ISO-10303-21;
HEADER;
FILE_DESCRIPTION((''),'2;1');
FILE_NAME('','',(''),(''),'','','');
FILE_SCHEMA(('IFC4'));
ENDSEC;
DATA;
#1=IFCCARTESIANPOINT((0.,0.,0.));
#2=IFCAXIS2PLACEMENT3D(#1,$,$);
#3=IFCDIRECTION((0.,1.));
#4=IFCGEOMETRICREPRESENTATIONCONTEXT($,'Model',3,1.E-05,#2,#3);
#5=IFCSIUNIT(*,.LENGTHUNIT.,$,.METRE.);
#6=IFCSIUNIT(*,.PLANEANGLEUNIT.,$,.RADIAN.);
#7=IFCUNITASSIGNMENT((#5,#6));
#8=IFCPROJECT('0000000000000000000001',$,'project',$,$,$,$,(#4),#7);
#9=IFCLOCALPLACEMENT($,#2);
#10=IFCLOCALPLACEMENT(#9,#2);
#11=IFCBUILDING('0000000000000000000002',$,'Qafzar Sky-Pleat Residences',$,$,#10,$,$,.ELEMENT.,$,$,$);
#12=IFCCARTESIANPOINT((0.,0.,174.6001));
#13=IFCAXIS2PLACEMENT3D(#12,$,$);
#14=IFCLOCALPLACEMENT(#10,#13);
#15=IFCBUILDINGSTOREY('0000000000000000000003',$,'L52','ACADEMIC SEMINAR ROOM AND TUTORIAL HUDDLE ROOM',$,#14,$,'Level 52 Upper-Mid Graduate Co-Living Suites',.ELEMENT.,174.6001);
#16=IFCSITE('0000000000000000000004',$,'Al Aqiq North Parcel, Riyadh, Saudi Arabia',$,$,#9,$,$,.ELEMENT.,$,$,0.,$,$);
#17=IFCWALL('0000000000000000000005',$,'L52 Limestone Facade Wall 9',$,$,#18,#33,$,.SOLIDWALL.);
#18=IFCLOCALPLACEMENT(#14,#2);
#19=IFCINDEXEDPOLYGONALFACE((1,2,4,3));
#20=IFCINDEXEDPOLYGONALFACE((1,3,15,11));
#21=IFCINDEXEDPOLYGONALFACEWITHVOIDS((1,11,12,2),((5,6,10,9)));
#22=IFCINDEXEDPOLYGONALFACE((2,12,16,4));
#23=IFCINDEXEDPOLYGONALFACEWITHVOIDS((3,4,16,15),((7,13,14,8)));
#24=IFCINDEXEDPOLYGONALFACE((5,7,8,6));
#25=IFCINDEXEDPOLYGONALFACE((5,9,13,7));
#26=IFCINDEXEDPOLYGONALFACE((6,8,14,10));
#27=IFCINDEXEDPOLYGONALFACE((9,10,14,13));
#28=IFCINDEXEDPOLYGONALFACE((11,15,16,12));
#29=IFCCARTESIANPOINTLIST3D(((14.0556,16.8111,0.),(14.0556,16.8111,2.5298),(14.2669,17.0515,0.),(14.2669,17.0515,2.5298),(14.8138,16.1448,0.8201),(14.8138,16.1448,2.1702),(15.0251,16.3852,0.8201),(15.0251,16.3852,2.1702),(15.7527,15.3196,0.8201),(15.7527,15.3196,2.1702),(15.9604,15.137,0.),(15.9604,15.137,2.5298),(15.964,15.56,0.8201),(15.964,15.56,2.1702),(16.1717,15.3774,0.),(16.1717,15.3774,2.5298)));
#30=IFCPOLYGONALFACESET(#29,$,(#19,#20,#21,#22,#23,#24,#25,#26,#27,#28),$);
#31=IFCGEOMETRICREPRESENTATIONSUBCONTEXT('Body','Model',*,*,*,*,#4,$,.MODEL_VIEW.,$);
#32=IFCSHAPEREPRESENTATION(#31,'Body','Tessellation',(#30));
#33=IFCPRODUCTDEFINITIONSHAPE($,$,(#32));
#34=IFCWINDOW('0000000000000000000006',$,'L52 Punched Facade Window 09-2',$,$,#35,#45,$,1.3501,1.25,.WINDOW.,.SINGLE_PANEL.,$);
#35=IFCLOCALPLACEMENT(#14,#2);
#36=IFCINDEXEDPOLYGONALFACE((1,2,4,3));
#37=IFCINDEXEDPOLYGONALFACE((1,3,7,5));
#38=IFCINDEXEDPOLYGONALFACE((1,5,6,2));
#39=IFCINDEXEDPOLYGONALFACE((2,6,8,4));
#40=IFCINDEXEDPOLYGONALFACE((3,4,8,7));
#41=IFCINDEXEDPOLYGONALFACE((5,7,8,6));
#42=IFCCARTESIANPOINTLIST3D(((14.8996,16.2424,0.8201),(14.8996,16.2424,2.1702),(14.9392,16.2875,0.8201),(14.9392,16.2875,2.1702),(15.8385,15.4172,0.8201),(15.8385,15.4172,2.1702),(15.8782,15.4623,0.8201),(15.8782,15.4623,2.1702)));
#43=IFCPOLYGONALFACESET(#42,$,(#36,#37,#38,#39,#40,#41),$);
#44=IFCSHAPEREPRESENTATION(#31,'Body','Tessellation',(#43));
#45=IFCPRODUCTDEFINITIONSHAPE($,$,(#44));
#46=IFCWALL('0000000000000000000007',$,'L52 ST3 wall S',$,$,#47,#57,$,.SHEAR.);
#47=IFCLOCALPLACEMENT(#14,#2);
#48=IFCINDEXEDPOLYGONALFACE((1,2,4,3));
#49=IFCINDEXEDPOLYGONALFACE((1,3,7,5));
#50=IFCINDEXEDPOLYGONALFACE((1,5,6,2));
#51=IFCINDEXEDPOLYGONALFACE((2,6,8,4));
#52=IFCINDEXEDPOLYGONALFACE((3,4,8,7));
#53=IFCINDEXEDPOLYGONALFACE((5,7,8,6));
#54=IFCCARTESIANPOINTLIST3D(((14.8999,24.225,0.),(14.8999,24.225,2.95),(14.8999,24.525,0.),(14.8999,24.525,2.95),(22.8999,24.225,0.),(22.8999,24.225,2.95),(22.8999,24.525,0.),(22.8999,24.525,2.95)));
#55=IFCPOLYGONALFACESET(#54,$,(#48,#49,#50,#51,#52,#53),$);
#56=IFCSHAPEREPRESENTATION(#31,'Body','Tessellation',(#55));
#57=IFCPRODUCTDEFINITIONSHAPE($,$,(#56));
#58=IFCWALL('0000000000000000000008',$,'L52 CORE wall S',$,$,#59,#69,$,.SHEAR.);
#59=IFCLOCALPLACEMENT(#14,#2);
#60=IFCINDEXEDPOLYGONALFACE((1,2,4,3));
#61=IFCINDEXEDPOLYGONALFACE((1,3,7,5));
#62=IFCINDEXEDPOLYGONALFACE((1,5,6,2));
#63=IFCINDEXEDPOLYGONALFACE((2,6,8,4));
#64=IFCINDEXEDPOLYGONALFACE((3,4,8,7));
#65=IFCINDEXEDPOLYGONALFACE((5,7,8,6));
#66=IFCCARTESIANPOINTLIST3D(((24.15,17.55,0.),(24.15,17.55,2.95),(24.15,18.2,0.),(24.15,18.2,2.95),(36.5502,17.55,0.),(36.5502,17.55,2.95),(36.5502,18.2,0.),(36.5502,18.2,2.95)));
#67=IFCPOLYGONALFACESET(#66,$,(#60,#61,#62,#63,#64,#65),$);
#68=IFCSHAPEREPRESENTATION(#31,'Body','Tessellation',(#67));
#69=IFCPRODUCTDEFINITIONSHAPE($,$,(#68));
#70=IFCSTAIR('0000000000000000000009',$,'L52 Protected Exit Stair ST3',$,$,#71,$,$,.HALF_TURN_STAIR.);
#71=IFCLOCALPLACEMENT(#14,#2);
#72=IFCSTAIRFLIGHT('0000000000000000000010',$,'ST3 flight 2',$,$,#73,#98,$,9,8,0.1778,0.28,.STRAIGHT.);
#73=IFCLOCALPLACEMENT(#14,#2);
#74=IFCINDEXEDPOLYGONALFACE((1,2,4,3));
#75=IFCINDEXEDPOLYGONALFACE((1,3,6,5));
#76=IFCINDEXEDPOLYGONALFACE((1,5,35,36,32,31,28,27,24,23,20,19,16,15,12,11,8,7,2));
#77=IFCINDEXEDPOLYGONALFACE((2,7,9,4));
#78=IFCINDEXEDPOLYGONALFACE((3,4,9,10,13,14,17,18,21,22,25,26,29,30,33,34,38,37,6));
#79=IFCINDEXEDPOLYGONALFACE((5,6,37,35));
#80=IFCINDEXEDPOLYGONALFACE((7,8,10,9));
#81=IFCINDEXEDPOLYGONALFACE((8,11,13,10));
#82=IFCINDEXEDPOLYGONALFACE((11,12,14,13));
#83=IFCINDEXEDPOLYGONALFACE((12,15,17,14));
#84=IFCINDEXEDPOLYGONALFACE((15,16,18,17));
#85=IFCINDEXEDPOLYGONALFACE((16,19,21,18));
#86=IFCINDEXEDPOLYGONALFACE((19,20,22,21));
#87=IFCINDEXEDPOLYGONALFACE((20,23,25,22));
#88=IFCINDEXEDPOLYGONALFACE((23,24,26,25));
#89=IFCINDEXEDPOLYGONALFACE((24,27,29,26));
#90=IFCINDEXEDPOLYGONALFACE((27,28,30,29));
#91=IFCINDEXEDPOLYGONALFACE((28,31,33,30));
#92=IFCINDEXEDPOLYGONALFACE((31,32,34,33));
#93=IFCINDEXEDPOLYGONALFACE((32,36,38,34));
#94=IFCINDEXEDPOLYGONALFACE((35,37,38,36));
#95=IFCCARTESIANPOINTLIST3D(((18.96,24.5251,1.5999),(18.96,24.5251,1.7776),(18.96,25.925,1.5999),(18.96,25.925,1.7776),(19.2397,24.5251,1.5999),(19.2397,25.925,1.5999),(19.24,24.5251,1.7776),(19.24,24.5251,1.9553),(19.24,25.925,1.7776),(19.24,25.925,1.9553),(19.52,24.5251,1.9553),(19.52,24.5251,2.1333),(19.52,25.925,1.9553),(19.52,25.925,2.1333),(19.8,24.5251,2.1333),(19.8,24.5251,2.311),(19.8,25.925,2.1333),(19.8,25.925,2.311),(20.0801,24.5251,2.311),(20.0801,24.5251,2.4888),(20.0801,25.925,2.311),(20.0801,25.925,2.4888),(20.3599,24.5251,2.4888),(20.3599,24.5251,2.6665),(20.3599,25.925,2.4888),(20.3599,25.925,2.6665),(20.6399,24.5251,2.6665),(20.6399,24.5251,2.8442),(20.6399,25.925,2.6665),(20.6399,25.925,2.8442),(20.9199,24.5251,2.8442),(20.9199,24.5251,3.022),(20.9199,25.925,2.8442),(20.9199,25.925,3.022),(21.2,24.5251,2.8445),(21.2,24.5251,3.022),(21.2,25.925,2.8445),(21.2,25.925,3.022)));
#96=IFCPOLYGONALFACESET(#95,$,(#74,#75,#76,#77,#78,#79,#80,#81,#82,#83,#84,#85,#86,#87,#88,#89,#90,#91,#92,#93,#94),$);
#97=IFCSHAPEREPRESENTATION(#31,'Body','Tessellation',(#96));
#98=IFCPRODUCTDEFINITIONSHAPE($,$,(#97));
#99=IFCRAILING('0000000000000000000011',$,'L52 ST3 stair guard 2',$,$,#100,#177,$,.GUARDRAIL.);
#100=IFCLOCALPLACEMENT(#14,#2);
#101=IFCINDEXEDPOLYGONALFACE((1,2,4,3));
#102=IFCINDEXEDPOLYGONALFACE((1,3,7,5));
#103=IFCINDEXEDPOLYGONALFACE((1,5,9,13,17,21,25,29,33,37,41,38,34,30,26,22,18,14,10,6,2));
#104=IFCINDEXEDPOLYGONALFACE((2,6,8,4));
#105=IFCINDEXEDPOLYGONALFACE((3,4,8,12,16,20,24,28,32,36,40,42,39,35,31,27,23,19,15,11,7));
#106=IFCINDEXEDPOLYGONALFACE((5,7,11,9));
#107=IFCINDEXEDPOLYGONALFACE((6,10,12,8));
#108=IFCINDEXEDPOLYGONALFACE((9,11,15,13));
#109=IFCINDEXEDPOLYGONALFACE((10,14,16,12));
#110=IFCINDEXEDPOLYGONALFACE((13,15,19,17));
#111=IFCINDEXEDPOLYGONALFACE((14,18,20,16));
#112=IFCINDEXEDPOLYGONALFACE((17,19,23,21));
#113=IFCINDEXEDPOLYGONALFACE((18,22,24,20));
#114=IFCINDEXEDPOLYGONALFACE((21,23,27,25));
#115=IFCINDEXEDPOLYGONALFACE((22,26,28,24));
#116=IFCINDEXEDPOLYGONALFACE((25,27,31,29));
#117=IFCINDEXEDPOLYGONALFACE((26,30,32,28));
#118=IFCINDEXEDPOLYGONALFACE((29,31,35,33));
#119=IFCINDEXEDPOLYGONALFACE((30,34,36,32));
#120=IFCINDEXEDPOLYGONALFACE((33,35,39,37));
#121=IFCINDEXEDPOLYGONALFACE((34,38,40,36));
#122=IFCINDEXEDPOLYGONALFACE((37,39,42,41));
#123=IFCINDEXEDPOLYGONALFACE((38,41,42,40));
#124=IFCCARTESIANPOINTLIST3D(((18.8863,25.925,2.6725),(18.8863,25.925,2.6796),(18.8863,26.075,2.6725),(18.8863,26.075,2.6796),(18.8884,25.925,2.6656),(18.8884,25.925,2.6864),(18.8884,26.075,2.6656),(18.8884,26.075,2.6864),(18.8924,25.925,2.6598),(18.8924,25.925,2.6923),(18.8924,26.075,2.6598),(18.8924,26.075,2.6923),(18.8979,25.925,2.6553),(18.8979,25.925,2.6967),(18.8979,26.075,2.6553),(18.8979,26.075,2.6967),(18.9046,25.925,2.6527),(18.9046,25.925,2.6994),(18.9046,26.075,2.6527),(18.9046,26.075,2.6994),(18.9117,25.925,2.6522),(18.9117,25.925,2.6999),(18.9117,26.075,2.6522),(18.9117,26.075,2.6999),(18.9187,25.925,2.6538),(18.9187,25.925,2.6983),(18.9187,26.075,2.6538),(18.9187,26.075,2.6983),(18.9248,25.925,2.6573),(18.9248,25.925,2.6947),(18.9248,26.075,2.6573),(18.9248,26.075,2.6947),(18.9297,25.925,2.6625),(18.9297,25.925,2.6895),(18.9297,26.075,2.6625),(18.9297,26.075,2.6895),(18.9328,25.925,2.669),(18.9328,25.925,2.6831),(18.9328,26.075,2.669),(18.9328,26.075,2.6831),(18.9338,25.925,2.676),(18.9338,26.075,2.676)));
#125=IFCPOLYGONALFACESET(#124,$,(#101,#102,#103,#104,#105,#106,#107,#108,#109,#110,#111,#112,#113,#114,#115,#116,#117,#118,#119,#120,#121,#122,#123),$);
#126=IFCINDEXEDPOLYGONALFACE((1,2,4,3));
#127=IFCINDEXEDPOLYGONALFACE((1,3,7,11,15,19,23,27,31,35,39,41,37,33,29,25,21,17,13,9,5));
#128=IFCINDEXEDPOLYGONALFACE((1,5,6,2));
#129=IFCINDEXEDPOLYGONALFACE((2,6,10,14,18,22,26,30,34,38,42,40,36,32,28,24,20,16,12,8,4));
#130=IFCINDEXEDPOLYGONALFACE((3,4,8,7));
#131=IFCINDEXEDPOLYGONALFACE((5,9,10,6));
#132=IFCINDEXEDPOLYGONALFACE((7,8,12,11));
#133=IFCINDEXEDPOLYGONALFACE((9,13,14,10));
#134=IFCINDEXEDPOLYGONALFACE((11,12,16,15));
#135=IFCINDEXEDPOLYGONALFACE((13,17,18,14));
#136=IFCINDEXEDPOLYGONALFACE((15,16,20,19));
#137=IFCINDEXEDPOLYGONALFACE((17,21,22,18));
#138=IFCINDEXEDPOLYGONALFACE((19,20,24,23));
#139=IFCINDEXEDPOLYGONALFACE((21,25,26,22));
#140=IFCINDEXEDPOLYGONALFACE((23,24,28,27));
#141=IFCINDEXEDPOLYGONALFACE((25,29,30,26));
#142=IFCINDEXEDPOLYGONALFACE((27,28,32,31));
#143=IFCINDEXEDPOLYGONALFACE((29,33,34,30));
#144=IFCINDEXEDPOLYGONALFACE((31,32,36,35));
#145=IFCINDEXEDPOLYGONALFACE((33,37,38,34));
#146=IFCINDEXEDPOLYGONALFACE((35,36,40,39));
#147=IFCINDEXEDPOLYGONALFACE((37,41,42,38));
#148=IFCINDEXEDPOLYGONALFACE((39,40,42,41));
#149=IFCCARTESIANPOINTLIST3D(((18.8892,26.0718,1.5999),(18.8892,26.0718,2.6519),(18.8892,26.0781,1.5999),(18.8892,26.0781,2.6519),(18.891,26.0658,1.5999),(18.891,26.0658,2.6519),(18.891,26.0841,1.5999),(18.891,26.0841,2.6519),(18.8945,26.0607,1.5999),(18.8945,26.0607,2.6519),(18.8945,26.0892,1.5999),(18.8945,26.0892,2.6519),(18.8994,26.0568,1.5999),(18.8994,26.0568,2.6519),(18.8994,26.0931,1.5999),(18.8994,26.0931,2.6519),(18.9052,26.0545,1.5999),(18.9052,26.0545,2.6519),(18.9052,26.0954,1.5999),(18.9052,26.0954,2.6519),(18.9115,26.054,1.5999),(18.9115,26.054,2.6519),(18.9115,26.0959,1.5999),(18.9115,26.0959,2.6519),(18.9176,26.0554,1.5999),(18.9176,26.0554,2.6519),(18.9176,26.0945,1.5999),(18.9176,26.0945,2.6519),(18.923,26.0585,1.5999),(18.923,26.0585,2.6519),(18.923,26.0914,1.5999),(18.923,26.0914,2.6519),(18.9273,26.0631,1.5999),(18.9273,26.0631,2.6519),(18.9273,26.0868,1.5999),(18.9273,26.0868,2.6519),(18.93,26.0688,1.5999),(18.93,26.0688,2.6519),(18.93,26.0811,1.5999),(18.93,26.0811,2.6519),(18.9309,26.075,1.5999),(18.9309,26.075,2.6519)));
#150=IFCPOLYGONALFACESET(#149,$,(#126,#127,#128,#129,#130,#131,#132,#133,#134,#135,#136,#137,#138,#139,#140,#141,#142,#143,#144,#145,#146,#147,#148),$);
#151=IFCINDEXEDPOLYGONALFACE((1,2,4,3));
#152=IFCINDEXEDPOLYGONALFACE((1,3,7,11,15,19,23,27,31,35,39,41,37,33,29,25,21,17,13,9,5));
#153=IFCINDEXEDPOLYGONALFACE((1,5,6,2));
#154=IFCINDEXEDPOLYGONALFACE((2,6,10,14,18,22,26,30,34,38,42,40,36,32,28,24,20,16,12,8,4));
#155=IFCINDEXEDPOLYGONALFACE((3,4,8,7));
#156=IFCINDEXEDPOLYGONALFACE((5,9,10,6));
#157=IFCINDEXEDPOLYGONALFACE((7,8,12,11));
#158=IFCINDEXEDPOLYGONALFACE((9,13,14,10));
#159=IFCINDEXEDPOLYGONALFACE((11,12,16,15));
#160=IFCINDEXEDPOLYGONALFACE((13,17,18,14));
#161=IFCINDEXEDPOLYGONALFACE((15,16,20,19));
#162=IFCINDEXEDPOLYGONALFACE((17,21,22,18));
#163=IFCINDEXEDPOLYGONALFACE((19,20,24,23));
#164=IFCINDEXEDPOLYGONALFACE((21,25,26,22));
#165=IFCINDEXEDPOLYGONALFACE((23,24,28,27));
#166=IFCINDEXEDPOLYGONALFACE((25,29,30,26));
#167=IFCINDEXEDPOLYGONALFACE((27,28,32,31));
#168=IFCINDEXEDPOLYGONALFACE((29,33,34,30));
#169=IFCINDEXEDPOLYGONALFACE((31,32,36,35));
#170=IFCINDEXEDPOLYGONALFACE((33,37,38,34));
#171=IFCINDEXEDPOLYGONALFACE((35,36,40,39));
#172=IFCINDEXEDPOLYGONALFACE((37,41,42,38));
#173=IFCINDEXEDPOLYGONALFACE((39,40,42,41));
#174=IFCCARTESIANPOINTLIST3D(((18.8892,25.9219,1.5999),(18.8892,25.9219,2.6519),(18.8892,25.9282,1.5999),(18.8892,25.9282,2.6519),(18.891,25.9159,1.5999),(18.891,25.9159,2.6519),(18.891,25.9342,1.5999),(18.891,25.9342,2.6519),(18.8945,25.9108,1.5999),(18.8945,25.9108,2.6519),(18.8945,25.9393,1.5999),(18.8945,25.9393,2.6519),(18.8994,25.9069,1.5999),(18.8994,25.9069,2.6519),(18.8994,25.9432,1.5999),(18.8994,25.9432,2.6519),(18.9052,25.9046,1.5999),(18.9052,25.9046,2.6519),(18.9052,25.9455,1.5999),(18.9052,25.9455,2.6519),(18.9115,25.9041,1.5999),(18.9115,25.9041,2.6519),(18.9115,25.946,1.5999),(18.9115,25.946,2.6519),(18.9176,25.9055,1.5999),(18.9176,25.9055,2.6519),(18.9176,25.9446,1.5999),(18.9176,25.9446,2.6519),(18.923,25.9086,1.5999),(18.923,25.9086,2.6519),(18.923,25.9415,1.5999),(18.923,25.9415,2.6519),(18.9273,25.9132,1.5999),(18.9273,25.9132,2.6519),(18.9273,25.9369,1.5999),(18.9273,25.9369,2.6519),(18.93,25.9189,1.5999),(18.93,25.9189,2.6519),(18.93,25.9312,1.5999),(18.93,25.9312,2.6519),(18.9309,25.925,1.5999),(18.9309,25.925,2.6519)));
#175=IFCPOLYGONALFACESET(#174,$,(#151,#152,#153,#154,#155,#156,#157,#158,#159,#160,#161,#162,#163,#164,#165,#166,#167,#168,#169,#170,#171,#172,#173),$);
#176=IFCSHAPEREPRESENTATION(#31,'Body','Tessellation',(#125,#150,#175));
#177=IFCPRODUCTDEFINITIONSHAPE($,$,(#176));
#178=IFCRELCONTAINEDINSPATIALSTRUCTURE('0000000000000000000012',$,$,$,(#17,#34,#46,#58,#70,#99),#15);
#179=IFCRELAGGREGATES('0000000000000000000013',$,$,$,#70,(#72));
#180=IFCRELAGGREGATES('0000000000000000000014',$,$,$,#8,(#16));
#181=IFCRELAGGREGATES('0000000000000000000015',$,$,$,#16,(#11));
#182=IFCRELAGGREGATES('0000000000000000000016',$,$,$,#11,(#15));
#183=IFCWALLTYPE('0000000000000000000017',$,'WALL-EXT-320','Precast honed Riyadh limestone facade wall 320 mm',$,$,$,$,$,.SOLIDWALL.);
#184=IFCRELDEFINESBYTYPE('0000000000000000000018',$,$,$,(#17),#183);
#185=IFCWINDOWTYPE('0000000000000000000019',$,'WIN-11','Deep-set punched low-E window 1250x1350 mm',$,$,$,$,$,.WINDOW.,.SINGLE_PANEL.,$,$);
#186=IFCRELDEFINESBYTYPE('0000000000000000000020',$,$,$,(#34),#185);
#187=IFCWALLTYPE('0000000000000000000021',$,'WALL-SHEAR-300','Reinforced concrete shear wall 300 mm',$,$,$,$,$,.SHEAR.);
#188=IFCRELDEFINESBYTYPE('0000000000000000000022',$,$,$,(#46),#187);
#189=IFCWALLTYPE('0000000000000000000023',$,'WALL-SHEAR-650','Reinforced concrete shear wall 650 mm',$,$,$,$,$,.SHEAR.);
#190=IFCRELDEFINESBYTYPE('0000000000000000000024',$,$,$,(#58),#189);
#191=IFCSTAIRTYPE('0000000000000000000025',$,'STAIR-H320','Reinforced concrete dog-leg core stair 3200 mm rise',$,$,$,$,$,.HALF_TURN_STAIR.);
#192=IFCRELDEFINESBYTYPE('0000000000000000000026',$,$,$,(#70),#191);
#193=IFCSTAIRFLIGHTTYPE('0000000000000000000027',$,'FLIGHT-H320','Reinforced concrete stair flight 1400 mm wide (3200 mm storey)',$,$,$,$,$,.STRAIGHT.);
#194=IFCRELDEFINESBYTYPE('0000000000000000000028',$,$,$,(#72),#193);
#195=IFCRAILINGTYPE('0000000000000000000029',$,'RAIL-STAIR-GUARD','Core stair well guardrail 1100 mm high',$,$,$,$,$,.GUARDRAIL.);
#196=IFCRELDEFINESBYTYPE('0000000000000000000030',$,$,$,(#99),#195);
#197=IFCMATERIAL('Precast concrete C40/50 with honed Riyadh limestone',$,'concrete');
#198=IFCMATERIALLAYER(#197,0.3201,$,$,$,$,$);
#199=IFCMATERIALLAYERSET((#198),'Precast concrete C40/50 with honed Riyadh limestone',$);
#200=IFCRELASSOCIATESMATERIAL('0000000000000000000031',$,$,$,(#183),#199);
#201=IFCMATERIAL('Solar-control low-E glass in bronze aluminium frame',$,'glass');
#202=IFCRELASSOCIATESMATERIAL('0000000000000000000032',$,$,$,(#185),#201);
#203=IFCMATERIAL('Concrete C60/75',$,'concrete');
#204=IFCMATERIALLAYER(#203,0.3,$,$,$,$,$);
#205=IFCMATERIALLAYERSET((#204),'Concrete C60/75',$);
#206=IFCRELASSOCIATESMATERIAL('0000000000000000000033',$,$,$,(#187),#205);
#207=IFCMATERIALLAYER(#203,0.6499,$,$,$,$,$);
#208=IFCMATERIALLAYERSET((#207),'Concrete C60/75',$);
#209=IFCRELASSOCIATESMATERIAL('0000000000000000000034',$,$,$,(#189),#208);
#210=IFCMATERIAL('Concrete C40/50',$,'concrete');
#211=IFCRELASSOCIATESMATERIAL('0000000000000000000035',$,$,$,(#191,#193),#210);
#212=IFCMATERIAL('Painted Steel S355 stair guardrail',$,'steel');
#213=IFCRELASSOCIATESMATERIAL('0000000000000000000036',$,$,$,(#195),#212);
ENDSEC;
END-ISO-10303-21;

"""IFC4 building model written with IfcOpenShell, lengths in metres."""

from ifc_helpers import new_model, si_unit, direction, frame, frame_2d, origin, origin_2d, place, context, subcontext, project, spatial, polyline, rectangle, circle, outline, extrude, source, transform, mapped, material, layer, layer_set, type_object, element, fill, aggregate, save


model = new_model("IFC4")

# Units and contexts
model_context = context("Model", 3, precision=1e-05, world=origin(), true_north=direction((0.0, 1.0)))
body_context = subcontext(model_context, "Body", "Model", "MODEL_VIEW")
ifc_project = project(units=[si_unit("LENGTHUNIT", "METRE"), si_unit("PLANEANGLEUNIT", "RADIAN")], contexts=[model_context])

# Site, building, storey
site_placement = place(None, origin())
site = spatial("IfcSite", under=ifc_project, at=site_placement, Name="Al Aqiq North Parcel, Riyadh, Saudi Arabia", CompositionType="ELEMENT", RefElevation=0.0)
building_placement = place(site_placement, origin())
building = spatial("IfcBuilding", under=site, at=building_placement, Name="Qafzar Sky-Pleat Residences", CompositionType="ELEMENT")
storey_placement = place(building_placement, frame((0.0, 0.0, 174.6001)))
storey = spatial("IfcBuildingStorey", under=building, at=storey_placement, Name="L52", Description="ACADEMIC SEMINAR ROOM AND TUTORIAL HUDDLE ROOM", LongName="Level 52 Upper-Mid Graduate Co-Living Suites", CompositionType="ELEMENT", Elevation=174.6001)

# Wall, opening, window
ifc_material_1 = material(Name="Precast concrete C40/50 with honed Riyadh limestone", Category="concrete")
ifc_layer_1 = layer(ifc_material_1, 0.3201)
ifc_layer_set_1 = layer_set([ifc_layer_1], Name="Precast concrete C40/50 with honed Riyadh limestone")
wall_type_1 = type_object("IfcWallType", Name="WALL-EXT-320", Description="Precast honed Riyadh limestone facade wall 320 mm", PredefinedType="SOLIDWALL", material=ifc_layer_set_1)
wall_1_placement = place(storey_placement, frame((14.1611, 16.9314, 0.0), z_axis=(0.0, 0.0, 1.0), x_axis=(0.751132, -0.660152, 0.0)))
wall_1 = element("IfcWall", 1, at=wall_1_placement, inside=storey, type_object=wall_type_1, Name="L52 Limestone Facade Wall 9", PredefinedType="SOLIDWALL", context=body_context, shape_type="SweptSolid", body=[
    extrude(rectangle(XDim=2.5359, YDim=0.3201, at=frame_2d((1.2681, 0.0))), origin(), (0.0, 0.0, 1.0), 2.5298),
])
opening_1_placement = place(wall_1_placement, frame((1.0095, 0.0, 0.8201)))
opening_1 = element("IfcOpeningElement", 2, at=opening_1_placement, cuts=wall_1, PredefinedType="OPENING", context=body_context, shape_type="SweptSolid", body=[
    extrude(rectangle(XDim=1.25, YDim=1.3501, at=frame_2d((0.625, 0.675))), frame((0.0, 0.1699, 0.0), z_axis=(0.0, -1.0, 0.0), x_axis=(1.0, 0.0, 0.0)), (0.0, 0.0, 1.0), 0.3401),
])
ifc_material_2 = material(Name="Solar-control low-E glass in bronze aluminium frame", Category="glass")
window_type = type_object("IfcWindowType", Name="WIN-11", Description="Deep-set punched low-E window 1250x1350 mm", PartitioningType="SINGLE_PANEL", PredefinedType="WINDOW", material=ifc_material_2)
shared_shape_1 = source(origin(), body_context, "Body", "SweptSolid", [
    extrude(rectangle(XDim=1.25, YDim=1.3501, at=frame_2d((0.625, 0.675))), frame((0.0, 0.03, 0.0), z_axis=(0.0, -1.0, 0.0), x_axis=(1.0, 0.0, 0.0)), (0.0, 0.0, 1.0), 0.0601),
])
window_placement = place(opening_1_placement, origin())
window = element("IfcWindow", 3, at=window_placement, inside=storey, type_object=window_type, Name="L52 Punched Facade Window 09-2", OverallHeight=1.3501, OverallWidth=1.25, PartitioningType="SINGLE_PANEL", PredefinedType="WINDOW", context=body_context, shape_type="MappedRepresentation", body=[
    mapped(shared_shape_1, transform((0.0, 0.0, 0.0), x_axis=(1.0, 0.0, 0.0), y_axis=(0.0, 1.0, 0.0), z_axis=(0.0, 0.0, 1.0), scale=1.0)),
])
fill(opening_1, window)

# Wall
ifc_material_3 = material(Name="Concrete C60/75", Category="concrete")
ifc_layer_2 = layer(ifc_material_3, 0.3)
ifc_layer_set_2 = layer_set([ifc_layer_2], Name="Concrete C60/75")
wall_type_2 = type_object("IfcWallType", Name="WALL-SHEAR-300", Description="Reinforced concrete shear wall 300 mm", PredefinedType="SHEAR", material=ifc_layer_set_2)
wall_2_placement = place(storey_placement, frame((14.8999, 24.375, 0.0), z_axis=(0.0, 0.0, 1.0), x_axis=(1.0, 0.0, 0.0)))
element("IfcWall", 4, at=wall_2_placement, inside=storey, type_object=wall_type_2, Name="L52 ST3 wall S", PredefinedType="SHEAR", context=body_context, shape_type="SweptSolid", body=[
    extrude(rectangle(XDim=8.0, YDim=0.3, at=frame_2d((4.0, 0.0))), origin(), (0.0, 0.0, 1.0), 2.95),
])

# Wall
ifc_layer_3 = layer(ifc_material_3, 0.6499)
ifc_layer_set_3 = layer_set([ifc_layer_3], Name="Concrete C60/75")
wall_type_3 = type_object("IfcWallType", Name="WALL-SHEAR-650", Description="Reinforced concrete shear wall 650 mm", PredefinedType="SHEAR", material=ifc_layer_set_3)
wall_3_placement = place(storey_placement, frame((24.1499, 17.875, 0.0), z_axis=(0.0, 0.0, 1.0), x_axis=(1.0, 0.0, 0.0)))
element("IfcWall", 5, at=wall_3_placement, inside=storey, type_object=wall_type_3, Name="L52 CORE wall S", PredefinedType="SHEAR", context=body_context, shape_type="SweptSolid", body=[
    extrude(rectangle(XDim=12.4001, YDim=0.6499, at=frame_2d((6.2002, 0.0))), origin(), (0.0, 0.0, 1.0), 2.95),
])

# Stair, stair flight
ifc_material_4 = material(Name="Concrete C40/50", Category="concrete")
stair_type = type_object("IfcStairType", Name="STAIR-H320", Description="Reinforced concrete dog-leg core stair 3200 mm rise", PredefinedType="HALF_TURN_STAIR", material=ifc_material_4)
stair_placement = place(storey_placement, origin())
stair = element("IfcStair", 6, at=stair_placement, inside=storey, type_object=stair_type, Name="L52 Protected Exit Stair ST3", PredefinedType="HALF_TURN_STAIR")
stair_flight_type = type_object("IfcStairFlightType", Name="FLIGHT-H320", Description="Reinforced concrete stair flight 1400 mm wide (3200 mm storey)", PredefinedType="STRAIGHT", material=ifc_material_4)
shared_shape_2 = source(origin(), body_context, "Body", "SweptSolid", [
    extrude(outline(polyline([(0.0, 0.0), (0.0, 0.1777), (0.28, 0.1777), (0.28, 0.3555), (0.5601, 0.3555), (0.5601, 0.5334), (0.8401, 0.5334), (0.8401, 0.7112), (1.1201, 0.7112), (1.1201, 0.8889), (1.3999, 0.8889), (1.3999, 1.0667), (1.6799, 1.0667), (1.6799, 1.2444), (1.96, 1.2444), (1.96, 1.4221), (2.24, 1.4221), (2.24, 1.6001), (2.24, 1.2446), (0.2798, 0.0), (0.0, 0.0)])), frame((0.0, 0.7, 0.0), z_axis=(0.0, -1.0, 0.0), x_axis=(1.0, 0.0, 0.0)), (0.0, 0.0, 1.0), 1.3999),
])
stair_flight_placement = place(storey_placement, frame((18.96, 25.2251, 1.5999), z_axis=(0.0, 0.0, 1.0), x_axis=(1.0, 0.0, 0.0)))
stair_flight = element("IfcStairFlight", 7, at=stair_flight_placement, type_object=stair_flight_type, Name="ST3 flight 2", NumberOfRisers=9, NumberOfTreads=8, PredefinedType="STRAIGHT", RiserHeight=0.1778, TreadLength=0.28, context=body_context, shape_type="MappedRepresentation", body=[
    mapped(shared_shape_2, transform((0.0, 0.0, 0.0), x_axis=(1.0, 0.0, 0.0), y_axis=(0.0, 1.0, 0.0), z_axis=(0.0, 0.0, 1.0), scale=1.0)),
])
aggregate(stair, [stair_flight])

# Railing
ifc_material_5 = material(Name="Painted Steel S355 stair guardrail", Category="steel")
railing_type_1 = type_object("IfcRailingType", Name="RAIL-STAIR-GUARD", Description="Core stair well guardrail 1100 mm high", PredefinedType="GUARDRAIL", material=ifc_material_5)
shared_shape_3 = source(origin(), body_context, "Body", "SweptSolid", [
    extrude(circle(Radius=0.0239, at=origin_2d()), frame((0.0, 0.0, 1.0762), z_axis=(0.0, -1.0, 0.0), x_axis=(1.0, 0.0, 0.0)), (0.0, 0.0, 1.0), 0.1499),
    extrude(circle(Radius=0.021, at=origin_2d()), origin(), (0.0, 0.0, 1.0), 1.052),
    extrude(circle(Radius=0.021, at=origin_2d()), frame((0.0, -0.1499, 0.0)), (0.0, 0.0, 1.0), 1.052),
])
for number, where, name in (
    (8, (18.9099, 26.075, 1.5999), "L52 ST3 stair guard 2"),
):
    element("IfcRailing", number, at=place(storey_placement, frame(where)), inside=storey, type_object=railing_type_1, Name=name, PredefinedType="GUARDRAIL", context=body_context, shape_type="MappedRepresentation", body=[
        mapped(shared_shape_3, transform((0.0, 0.0, 0.0), x_axis=(1.0, 0.0, 0.0), y_axis=(0.0, 1.0, 0.0), z_axis=(0.0, 0.0, 1.0), scale=1.0)),
    ])

save(model, "model.ifc")
